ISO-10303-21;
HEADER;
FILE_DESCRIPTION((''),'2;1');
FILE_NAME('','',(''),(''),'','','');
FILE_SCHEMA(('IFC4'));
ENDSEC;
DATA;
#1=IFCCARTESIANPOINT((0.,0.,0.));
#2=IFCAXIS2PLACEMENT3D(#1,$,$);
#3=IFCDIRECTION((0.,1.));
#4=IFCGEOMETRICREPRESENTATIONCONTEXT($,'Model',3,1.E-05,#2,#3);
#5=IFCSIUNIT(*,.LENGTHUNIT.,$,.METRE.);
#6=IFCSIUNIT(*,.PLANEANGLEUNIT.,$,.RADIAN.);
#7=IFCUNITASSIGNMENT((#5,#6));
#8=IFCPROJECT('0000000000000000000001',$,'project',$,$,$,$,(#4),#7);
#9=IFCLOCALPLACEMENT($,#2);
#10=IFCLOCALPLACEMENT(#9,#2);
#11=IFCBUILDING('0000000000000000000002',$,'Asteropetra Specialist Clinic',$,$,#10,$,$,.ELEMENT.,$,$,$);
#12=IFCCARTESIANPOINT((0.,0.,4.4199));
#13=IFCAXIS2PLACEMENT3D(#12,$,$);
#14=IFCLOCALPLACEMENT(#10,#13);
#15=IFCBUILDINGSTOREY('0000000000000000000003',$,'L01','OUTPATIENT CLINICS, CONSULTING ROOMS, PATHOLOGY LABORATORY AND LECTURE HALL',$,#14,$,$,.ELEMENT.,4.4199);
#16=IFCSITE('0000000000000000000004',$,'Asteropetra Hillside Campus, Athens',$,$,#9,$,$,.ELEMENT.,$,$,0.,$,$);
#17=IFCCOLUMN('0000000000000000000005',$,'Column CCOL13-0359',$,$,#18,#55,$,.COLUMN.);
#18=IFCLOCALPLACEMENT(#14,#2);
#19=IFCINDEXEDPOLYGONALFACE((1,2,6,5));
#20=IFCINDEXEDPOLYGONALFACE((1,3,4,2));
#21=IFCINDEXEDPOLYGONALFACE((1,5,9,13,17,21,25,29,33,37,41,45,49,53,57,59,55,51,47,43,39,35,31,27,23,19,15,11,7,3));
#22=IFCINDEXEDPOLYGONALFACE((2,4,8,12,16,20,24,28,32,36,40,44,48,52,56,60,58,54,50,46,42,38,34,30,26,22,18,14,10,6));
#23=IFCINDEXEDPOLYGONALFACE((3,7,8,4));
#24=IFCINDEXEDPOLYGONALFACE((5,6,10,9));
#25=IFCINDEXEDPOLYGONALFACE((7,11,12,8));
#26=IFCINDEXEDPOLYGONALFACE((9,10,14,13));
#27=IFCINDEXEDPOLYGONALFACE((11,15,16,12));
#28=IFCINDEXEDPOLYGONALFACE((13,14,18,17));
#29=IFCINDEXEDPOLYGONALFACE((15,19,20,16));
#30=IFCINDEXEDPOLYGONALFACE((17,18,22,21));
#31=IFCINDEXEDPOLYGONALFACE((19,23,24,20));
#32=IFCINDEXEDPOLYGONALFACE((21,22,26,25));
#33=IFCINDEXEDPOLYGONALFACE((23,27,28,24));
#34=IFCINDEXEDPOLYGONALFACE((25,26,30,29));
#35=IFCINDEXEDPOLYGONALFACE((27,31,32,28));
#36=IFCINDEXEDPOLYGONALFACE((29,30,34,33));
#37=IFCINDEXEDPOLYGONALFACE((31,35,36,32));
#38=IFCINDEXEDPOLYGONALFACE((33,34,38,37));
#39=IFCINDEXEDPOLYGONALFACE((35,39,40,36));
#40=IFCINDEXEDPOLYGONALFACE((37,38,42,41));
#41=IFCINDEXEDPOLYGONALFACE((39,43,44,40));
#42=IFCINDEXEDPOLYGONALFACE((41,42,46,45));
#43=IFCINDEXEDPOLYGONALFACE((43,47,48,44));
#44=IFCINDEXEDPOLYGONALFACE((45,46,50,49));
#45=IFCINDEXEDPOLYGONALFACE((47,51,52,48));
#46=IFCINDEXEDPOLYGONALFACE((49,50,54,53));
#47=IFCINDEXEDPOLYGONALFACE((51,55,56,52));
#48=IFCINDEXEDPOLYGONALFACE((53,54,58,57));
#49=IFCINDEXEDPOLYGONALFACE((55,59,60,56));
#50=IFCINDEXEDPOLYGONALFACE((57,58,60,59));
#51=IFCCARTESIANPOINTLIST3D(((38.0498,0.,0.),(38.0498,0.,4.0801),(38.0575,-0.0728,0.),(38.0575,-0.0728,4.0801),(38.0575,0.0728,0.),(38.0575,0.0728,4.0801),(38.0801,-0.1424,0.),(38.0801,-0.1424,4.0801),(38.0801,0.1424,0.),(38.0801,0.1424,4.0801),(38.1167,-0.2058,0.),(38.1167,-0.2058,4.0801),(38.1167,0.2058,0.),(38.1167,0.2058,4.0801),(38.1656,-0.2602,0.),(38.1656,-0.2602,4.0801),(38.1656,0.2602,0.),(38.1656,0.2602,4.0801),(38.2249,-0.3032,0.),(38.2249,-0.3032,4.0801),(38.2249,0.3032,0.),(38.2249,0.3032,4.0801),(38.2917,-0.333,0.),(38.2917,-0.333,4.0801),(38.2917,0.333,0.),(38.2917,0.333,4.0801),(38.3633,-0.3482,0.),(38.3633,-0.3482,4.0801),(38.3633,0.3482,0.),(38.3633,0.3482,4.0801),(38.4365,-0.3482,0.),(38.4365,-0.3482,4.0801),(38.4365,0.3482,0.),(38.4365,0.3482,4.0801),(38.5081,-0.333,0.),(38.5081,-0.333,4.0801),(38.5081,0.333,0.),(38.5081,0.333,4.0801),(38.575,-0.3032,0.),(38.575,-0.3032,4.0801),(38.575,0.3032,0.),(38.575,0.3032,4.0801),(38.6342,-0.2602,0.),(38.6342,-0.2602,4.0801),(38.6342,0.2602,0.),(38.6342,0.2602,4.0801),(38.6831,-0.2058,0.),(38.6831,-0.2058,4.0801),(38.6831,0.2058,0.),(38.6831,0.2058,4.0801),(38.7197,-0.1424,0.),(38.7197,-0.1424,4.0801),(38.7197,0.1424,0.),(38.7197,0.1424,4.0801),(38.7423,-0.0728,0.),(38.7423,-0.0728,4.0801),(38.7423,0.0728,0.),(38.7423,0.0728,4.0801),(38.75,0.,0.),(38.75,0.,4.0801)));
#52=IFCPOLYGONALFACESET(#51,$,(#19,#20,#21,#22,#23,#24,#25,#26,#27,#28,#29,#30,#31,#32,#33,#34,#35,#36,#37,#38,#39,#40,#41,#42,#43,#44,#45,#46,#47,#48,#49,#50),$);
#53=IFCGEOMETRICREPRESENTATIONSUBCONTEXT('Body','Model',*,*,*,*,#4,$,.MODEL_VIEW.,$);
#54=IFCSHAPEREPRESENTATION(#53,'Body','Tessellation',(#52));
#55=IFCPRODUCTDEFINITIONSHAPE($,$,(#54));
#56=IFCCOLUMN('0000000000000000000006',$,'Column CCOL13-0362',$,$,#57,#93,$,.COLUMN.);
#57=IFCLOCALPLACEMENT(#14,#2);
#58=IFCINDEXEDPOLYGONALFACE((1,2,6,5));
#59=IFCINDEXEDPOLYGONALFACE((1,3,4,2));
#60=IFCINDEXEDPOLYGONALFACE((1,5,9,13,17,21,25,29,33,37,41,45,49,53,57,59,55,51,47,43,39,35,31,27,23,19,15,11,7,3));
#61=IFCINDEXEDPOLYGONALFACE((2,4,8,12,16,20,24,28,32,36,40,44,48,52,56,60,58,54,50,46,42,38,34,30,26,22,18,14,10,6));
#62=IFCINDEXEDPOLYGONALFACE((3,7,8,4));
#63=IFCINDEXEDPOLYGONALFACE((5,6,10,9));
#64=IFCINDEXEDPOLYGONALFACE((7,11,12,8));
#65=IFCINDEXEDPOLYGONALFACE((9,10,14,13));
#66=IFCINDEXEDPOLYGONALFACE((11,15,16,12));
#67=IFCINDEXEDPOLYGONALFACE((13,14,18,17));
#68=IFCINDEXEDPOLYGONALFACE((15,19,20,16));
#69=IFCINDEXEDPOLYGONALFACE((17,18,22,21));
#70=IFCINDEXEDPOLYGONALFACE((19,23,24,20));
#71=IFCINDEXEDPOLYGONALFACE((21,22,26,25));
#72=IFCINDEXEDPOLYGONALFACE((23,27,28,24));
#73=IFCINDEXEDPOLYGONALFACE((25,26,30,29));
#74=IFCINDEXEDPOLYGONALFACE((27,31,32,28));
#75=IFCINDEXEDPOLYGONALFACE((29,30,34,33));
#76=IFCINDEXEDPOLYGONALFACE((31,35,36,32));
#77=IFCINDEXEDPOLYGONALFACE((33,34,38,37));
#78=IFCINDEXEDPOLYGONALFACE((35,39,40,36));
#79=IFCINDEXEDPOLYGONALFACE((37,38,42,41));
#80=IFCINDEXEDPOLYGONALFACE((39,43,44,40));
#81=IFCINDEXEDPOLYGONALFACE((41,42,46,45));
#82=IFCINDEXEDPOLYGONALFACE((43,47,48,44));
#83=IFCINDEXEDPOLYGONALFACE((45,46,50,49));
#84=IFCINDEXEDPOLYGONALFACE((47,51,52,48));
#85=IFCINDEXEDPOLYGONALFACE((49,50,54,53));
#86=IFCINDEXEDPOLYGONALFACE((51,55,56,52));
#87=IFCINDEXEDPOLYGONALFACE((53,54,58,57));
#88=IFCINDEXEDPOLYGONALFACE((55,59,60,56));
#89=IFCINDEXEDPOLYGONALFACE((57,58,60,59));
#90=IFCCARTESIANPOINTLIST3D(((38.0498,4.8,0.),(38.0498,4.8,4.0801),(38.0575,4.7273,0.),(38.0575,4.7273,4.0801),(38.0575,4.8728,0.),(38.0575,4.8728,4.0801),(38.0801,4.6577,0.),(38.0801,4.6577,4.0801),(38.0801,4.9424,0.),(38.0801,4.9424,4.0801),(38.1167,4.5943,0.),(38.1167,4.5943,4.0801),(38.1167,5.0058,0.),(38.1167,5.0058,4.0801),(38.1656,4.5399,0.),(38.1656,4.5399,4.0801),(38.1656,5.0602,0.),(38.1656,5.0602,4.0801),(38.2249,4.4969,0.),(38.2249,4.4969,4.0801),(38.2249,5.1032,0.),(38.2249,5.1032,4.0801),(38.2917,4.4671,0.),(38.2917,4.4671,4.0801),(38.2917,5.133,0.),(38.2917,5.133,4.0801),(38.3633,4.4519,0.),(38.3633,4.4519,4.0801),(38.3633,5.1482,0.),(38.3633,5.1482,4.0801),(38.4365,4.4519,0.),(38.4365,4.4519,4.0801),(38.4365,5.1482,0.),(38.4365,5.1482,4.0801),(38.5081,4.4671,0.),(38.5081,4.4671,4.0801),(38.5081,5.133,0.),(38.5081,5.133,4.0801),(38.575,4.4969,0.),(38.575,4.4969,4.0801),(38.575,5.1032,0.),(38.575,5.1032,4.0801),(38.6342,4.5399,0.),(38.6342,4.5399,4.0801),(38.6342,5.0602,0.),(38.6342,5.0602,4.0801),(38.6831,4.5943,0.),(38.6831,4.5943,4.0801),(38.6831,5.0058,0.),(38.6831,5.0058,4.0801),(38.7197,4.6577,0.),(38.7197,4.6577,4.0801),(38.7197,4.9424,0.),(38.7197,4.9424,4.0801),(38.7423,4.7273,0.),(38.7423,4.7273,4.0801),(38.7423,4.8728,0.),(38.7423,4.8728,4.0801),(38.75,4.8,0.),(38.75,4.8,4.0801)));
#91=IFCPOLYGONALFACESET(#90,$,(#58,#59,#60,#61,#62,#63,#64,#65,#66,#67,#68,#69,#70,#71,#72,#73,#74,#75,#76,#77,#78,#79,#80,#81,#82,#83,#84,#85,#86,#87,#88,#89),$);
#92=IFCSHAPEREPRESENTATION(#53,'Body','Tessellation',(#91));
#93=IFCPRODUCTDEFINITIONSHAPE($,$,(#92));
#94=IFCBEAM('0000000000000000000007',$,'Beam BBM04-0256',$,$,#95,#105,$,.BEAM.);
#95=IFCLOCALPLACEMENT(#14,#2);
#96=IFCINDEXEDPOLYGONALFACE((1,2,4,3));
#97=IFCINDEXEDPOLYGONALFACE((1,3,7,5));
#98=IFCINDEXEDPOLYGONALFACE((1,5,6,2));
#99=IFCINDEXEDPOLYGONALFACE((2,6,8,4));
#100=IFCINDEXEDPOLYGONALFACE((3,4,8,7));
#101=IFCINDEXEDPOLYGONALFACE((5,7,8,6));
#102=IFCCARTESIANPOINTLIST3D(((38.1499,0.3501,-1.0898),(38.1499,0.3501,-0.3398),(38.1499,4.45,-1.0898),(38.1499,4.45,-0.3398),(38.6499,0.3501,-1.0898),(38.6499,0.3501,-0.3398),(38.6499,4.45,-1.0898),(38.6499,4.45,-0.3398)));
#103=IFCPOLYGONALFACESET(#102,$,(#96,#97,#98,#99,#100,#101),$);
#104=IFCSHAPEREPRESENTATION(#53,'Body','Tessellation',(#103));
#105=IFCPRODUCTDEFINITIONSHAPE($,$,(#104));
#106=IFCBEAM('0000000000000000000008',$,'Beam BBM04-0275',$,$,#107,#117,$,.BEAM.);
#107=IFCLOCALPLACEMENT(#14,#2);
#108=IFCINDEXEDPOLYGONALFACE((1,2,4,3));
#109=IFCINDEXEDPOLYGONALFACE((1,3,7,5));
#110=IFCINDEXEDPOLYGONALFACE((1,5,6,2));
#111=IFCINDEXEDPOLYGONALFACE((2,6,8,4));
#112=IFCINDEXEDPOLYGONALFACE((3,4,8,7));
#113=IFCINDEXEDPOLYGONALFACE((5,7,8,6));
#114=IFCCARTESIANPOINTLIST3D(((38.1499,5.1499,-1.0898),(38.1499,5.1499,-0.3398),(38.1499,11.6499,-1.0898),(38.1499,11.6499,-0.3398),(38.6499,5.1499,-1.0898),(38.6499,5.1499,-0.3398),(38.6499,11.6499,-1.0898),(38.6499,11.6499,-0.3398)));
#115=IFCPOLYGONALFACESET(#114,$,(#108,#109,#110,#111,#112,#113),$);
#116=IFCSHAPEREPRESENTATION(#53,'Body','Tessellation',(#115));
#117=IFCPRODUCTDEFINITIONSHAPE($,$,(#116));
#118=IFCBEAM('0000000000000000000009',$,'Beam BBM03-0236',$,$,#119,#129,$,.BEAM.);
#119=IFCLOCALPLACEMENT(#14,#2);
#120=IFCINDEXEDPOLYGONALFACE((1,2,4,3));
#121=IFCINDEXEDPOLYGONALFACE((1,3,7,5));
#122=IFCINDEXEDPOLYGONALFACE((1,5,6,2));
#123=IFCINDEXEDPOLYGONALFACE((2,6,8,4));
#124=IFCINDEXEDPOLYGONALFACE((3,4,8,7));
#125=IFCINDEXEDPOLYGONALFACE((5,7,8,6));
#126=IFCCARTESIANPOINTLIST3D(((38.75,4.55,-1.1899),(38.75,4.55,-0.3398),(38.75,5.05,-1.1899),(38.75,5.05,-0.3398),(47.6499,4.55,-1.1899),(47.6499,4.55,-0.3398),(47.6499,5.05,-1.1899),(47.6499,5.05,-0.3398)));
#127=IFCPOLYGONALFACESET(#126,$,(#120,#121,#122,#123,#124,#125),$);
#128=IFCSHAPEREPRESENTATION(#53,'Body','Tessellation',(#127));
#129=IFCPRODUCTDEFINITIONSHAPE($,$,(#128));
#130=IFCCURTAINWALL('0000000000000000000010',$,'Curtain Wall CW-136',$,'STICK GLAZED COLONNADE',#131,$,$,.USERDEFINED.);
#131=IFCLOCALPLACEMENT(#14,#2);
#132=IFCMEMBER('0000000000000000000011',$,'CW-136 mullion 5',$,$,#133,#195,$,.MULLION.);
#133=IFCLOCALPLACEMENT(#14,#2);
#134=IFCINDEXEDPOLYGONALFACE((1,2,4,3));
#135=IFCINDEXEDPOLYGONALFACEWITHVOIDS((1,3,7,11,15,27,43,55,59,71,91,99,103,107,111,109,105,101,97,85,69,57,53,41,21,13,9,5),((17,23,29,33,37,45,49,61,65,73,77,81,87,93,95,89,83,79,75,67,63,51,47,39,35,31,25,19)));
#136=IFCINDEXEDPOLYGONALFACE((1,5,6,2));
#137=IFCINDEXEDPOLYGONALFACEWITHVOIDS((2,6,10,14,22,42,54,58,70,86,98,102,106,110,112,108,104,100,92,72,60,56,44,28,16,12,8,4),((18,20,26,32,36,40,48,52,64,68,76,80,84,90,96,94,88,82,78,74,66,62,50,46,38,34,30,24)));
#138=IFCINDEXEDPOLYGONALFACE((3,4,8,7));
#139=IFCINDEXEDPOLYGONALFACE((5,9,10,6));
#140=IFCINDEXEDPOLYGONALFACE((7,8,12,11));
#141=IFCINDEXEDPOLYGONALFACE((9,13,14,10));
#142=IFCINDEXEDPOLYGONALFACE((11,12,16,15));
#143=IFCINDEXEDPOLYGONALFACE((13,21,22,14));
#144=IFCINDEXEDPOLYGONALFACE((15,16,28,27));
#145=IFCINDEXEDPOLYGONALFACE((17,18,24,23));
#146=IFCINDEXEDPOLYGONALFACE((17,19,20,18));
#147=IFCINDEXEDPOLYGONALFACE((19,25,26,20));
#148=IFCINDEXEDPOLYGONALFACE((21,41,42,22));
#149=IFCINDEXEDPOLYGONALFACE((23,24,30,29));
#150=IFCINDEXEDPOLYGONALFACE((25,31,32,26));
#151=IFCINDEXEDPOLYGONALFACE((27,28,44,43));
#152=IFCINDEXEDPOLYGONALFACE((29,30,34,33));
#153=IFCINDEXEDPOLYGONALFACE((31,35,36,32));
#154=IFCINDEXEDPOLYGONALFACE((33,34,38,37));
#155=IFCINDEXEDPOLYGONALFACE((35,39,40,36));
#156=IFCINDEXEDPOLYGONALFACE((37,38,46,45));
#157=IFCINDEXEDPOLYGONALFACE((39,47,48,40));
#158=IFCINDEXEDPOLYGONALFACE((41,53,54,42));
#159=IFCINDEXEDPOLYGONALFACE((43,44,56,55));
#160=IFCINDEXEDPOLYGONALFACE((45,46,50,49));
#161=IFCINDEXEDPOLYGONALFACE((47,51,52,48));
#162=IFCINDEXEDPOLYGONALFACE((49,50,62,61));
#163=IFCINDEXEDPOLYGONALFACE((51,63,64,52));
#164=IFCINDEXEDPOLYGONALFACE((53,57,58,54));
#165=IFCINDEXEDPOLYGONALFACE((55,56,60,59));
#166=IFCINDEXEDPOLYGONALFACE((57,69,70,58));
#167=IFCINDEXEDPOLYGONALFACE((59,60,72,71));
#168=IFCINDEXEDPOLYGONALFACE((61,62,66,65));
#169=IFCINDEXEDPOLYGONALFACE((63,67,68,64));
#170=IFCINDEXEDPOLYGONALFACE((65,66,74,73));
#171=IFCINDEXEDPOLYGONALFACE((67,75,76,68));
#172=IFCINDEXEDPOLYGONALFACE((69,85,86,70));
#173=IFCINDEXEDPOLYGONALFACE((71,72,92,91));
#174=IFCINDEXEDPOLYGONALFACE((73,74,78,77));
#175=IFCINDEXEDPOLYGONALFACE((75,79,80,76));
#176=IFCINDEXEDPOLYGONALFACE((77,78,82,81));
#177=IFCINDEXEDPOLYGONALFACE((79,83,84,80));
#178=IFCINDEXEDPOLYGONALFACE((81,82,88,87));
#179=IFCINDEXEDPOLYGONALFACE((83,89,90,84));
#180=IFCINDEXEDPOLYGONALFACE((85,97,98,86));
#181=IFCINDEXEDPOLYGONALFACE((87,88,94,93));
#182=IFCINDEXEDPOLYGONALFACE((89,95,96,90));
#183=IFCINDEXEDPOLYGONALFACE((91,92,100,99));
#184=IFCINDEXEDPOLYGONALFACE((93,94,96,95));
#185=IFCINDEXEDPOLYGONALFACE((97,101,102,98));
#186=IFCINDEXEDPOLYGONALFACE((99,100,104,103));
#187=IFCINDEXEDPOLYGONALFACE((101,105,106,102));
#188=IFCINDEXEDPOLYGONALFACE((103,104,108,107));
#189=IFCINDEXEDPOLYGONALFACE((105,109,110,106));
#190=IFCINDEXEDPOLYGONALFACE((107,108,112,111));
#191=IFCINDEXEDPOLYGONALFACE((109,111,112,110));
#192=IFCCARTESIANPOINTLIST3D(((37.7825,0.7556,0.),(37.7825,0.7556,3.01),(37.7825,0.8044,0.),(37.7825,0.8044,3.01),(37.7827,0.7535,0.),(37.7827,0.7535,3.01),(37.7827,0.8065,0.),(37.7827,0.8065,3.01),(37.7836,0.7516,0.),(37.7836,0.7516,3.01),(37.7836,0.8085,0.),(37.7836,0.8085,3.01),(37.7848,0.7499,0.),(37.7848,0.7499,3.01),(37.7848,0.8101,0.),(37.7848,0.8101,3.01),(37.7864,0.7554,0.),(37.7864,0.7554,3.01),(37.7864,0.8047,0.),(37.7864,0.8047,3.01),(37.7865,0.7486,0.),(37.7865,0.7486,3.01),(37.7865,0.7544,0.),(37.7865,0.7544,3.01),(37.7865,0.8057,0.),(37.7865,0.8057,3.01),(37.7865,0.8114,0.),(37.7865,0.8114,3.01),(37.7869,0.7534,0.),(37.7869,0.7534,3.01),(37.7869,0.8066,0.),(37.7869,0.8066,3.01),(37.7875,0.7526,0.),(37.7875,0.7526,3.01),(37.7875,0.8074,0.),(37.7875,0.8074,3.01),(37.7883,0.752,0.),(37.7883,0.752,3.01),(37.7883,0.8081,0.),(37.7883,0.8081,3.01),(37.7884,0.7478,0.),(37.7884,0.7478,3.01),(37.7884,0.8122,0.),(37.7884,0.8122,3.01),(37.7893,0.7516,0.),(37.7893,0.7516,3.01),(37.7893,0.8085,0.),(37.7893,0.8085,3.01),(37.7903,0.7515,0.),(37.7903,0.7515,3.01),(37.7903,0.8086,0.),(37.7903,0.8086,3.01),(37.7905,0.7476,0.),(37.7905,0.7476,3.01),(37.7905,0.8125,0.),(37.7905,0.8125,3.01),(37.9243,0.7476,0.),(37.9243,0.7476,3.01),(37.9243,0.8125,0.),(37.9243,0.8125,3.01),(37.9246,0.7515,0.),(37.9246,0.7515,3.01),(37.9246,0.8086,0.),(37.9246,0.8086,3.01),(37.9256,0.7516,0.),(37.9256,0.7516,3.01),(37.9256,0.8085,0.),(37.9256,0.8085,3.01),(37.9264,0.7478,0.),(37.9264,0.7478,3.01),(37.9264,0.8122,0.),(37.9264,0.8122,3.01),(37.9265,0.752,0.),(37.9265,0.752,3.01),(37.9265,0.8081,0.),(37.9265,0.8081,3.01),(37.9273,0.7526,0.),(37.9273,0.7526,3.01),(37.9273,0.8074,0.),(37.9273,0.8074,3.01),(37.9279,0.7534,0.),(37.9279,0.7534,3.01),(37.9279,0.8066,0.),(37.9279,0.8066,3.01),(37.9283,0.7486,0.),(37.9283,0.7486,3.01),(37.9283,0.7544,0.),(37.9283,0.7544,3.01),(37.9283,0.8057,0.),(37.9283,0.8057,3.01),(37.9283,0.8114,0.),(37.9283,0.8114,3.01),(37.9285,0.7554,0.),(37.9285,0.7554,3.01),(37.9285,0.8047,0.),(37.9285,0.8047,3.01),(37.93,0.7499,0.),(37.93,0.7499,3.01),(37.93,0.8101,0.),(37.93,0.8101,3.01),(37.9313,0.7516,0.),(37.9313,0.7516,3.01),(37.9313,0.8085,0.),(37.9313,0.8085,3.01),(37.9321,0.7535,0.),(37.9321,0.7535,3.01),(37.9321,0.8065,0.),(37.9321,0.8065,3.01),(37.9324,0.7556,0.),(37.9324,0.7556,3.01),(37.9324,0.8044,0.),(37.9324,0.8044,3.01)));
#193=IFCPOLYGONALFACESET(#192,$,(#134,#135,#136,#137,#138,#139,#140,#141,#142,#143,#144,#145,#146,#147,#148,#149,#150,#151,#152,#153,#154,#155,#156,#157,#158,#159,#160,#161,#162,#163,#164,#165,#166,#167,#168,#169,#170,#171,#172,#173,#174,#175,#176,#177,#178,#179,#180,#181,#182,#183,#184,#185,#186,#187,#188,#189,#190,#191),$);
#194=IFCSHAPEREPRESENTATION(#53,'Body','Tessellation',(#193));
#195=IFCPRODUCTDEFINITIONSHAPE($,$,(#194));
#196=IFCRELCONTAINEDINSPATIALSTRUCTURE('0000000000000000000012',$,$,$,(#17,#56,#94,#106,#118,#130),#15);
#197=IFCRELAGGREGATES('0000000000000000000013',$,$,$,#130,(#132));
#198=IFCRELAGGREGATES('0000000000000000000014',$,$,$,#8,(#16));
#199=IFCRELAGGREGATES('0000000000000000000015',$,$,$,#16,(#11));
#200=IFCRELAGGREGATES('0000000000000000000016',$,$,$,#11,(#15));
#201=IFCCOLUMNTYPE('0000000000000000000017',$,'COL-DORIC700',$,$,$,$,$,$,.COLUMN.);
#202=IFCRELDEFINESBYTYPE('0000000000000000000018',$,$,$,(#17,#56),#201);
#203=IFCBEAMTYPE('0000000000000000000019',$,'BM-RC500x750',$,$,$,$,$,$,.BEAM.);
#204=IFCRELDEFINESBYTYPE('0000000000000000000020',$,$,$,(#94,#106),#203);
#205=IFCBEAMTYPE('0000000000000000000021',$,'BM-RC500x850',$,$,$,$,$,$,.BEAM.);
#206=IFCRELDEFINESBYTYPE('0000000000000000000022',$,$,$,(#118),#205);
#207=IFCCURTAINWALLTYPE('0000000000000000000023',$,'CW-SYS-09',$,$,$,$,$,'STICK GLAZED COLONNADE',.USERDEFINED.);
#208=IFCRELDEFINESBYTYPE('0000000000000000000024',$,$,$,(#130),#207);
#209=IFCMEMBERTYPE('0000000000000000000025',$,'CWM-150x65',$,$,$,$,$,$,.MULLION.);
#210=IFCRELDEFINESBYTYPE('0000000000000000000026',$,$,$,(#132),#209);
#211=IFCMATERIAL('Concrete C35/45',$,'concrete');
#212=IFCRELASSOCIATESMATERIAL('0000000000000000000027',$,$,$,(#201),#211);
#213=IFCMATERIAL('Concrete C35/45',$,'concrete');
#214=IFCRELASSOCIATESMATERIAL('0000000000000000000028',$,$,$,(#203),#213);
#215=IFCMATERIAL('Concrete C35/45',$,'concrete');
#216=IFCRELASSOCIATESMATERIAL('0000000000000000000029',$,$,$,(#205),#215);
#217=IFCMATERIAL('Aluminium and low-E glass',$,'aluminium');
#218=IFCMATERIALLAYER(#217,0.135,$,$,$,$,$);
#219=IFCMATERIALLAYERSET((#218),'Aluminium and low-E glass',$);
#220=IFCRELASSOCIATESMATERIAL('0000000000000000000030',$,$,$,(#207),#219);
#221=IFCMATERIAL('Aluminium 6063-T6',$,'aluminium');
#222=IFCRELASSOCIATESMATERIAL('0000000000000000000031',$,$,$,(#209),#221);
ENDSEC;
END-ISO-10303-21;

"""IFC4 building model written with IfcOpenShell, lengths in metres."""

from ifc_helpers import new_model, si_unit, direction, frame, origin, origin_2d, place, context, subcontext, project, spatial, rectangle, hollow_rectangle, circle, extrude, material, layer, layer_set, material_profile, profile_set, type_object, element, aggregate, save


model = new_model("IFC4")

# Units and contexts
model_context = context("Model", 3, precision=1e-05, world=origin(), true_north=direction((0.0, 1.0)))
body_context = subcontext(model_context, "Body", "Model", "MODEL_VIEW")
ifc_project = project(units=[si_unit("LENGTHUNIT", "METRE"), si_unit("PLANEANGLEUNIT", "RADIAN")], contexts=[model_context])

# Site, building, storey
site_placement = place(None, origin())
site = spatial("IfcSite", under=ifc_project, at=site_placement, Name="Asteropetra Hillside Campus, Athens", CompositionType="ELEMENT", RefElevation=0.0)
building_placement = place(site_placement, origin())
building = spatial("IfcBuilding", under=site, at=building_placement, Name="Asteropetra Specialist Clinic", CompositionType="ELEMENT")
storey_placement = place(building_placement, frame((0.0, 0.0, 4.4199)))
storey = spatial("IfcBuildingStorey", under=building, at=storey_placement, Name="L01", Description="OUTPATIENT CLINICS, CONSULTING ROOMS, PATHOLOGY LABORATORY AND LECTURE HALL", CompositionType="ELEMENT", Elevation=4.4199)

# Columns
ifc_material_1 = material(Name="Concrete C35/45", Category="concrete")
ifc_material_profile_1 = material_profile(ifc_material_1, circle(Radius=0.3501, at=origin_2d()), Name="RCC D700")
ifc_profile_set_1 = profile_set([ifc_material_profile_1], Name="Concrete C35/45")
column_type = type_object("IfcColumnType", Name="COL-DORIC700", PredefinedType="COLUMN", material=ifc_profile_set_1)
for number, where, z_axis, x_axis, name in (
    (1, (38.3999, 0.0, 0.0), (0.0, 0.0, 1.0), (1.0, 0.0, 0.0), "Column CCOL13-0359"),
    (2, (38.3999, 4.8, 0.0), (0.0, 0.0, 1.0), (1.0, 0.0, 0.0), "Column CCOL13-0362"),
):
    element("IfcColumn", number, at=place(storey_placement, frame(where, z_axis=z_axis, x_axis=x_axis)), inside=storey, type_object=column_type, Name=name, PredefinedType="COLUMN", context=body_context, shape_type="SweptSolid", body=[
        extrude(circle(Radius=0.3501, at=origin_2d()), origin(), (0.0, 0.0, 1.0), 4.0801),
    ])

# Beams
ifc_material_2 = material(Name="Concrete C35/45", Category="concrete")
ifc_material_profile_2 = material_profile(ifc_material_2, rectangle(XDim=0.5, YDim=0.75, at=origin_2d()), Name="RCB 500x750")
ifc_profile_set_2 = profile_set([ifc_material_profile_2], Name="Concrete C35/45")
beam_type_1 = type_object("IfcBeamType", Name="BM-RC500x750", PredefinedType="BEAM", material=ifc_profile_set_2)
beam_1_placement = place(storey_placement, frame((38.3999, 0.3501, -0.7148), z_axis=(0.0, 1.0, 0.0), x_axis=(-1.0, 0.0, 0.0)))
element("IfcBeam", 3, at=beam_1_placement, inside=storey, type_object=beam_type_1, Name="Beam BBM04-0256", PredefinedType="BEAM", context=body_context, shape_type="SweptSolid", body=[
    extrude(rectangle(XDim=0.5, YDim=0.75, at=origin_2d()), origin(), (0.0, 0.0, 1.0), 4.0999),
])
beam_2_placement = place(storey_placement, frame((38.3999, 5.1499, -0.7148), z_axis=(0.0, 1.0, 0.0), x_axis=(-1.0, 0.0, 0.0)))
element("IfcBeam", 4, at=beam_2_placement, inside=storey, type_object=beam_type_1, Name="Beam BBM04-0275", PredefinedType="BEAM", context=body_context, shape_type="SweptSolid", body=[
    extrude(rectangle(XDim=0.5, YDim=0.75, at=origin_2d()), origin(), (0.0, 0.0, 1.0), 6.5),
])
ifc_material_3 = material(Name="Concrete C35/45", Category="concrete")
ifc_material_profile_3 = material_profile(ifc_material_3, rectangle(XDim=0.5, YDim=0.8501, at=origin_2d()), Name="RCB 500x850")
ifc_profile_set_3 = profile_set([ifc_material_profile_3], Name="Concrete C35/45")
beam_type_2 = type_object("IfcBeamType", Name="BM-RC500x850", PredefinedType="BEAM", material=ifc_profile_set_3)
beam_3_placement = place(storey_placement, frame((38.75, 4.8, -0.7649), z_axis=(1.0, 0.0, 0.0), x_axis=(0.0, 1.0, 0.0)))
element("IfcBeam", 5, at=beam_3_placement, inside=storey, type_object=beam_type_2, Name="Beam BBM03-0236", PredefinedType="BEAM", context=body_context, shape_type="SweptSolid", body=[
    extrude(rectangle(XDim=0.5, YDim=0.8501, at=origin_2d()), origin(), (0.0, 0.0, 1.0), 8.8999),
])

# Curtain wall, member
ifc_material_4 = material(Name="Aluminium and low-E glass", Category="aluminium")
ifc_layer_1 = layer(ifc_material_4, 0.135)
ifc_layer_set_1 = layer_set([ifc_layer_1], Name="Aluminium and low-E glass")
curtain_wall_type_1 = type_object("IfcCurtainWallType", Name="CW-SYS-09", ElementType="STICK GLAZED COLONNADE", PredefinedType="USERDEFINED", material=ifc_layer_set_1)
curtain_wall_1_placement = place(storey_placement, origin())
curtain_wall_1 = element("IfcCurtainWall", 6, at=curtain_wall_1_placement, inside=storey, type_object=curtain_wall_type_1, Name="Curtain Wall CW-136", ObjectType="STICK GLAZED COLONNADE", PredefinedType="USERDEFINED")
ifc_material_5 = material(Name="Aluminium 6063-T6", Category="aluminium")
ifc_material_profile_4 = material_profile(ifc_material_5, hollow_rectangle(XDim=0.0649, YDim=0.1499, WallThickness=0.0039, InnerFilletRadius=0.0039, OuterFilletRadius=0.0081, at=origin_2d()), Name="MUL 150x65x4.0")
ifc_profile_set_4 = profile_set([ifc_material_profile_4], Name="Aluminium 6063-T6")
member_type_1 = type_object("IfcMemberType", Name="CWM-150x65", PredefinedType="MULLION", material=ifc_profile_set_4)
member_1_placement = place(storey_placement, frame((37.8574, 0.78, 0.0), z_axis=(0.0, 0.0, 1.0), x_axis=(0.0, 1.0, 0.0)))
member_1 = element("IfcMember", 7, at=member_1_placement, type_object=member_type_1, Name="CW-136 mullion 5", PredefinedType="MULLION", context=body_context, shape_type="SweptSolid", body=[
    extrude(hollow_rectangle(XDim=0.0649, YDim=0.1499, WallThickness=0.0039, InnerFilletRadius=0.0039, OuterFilletRadius=0.0081, at=origin_2d()), origin(), (0.0, 0.0, 1.0), 3.01),
])
aggregate(curtain_wall_1, [member_1])

save(model, "model.ifc")
